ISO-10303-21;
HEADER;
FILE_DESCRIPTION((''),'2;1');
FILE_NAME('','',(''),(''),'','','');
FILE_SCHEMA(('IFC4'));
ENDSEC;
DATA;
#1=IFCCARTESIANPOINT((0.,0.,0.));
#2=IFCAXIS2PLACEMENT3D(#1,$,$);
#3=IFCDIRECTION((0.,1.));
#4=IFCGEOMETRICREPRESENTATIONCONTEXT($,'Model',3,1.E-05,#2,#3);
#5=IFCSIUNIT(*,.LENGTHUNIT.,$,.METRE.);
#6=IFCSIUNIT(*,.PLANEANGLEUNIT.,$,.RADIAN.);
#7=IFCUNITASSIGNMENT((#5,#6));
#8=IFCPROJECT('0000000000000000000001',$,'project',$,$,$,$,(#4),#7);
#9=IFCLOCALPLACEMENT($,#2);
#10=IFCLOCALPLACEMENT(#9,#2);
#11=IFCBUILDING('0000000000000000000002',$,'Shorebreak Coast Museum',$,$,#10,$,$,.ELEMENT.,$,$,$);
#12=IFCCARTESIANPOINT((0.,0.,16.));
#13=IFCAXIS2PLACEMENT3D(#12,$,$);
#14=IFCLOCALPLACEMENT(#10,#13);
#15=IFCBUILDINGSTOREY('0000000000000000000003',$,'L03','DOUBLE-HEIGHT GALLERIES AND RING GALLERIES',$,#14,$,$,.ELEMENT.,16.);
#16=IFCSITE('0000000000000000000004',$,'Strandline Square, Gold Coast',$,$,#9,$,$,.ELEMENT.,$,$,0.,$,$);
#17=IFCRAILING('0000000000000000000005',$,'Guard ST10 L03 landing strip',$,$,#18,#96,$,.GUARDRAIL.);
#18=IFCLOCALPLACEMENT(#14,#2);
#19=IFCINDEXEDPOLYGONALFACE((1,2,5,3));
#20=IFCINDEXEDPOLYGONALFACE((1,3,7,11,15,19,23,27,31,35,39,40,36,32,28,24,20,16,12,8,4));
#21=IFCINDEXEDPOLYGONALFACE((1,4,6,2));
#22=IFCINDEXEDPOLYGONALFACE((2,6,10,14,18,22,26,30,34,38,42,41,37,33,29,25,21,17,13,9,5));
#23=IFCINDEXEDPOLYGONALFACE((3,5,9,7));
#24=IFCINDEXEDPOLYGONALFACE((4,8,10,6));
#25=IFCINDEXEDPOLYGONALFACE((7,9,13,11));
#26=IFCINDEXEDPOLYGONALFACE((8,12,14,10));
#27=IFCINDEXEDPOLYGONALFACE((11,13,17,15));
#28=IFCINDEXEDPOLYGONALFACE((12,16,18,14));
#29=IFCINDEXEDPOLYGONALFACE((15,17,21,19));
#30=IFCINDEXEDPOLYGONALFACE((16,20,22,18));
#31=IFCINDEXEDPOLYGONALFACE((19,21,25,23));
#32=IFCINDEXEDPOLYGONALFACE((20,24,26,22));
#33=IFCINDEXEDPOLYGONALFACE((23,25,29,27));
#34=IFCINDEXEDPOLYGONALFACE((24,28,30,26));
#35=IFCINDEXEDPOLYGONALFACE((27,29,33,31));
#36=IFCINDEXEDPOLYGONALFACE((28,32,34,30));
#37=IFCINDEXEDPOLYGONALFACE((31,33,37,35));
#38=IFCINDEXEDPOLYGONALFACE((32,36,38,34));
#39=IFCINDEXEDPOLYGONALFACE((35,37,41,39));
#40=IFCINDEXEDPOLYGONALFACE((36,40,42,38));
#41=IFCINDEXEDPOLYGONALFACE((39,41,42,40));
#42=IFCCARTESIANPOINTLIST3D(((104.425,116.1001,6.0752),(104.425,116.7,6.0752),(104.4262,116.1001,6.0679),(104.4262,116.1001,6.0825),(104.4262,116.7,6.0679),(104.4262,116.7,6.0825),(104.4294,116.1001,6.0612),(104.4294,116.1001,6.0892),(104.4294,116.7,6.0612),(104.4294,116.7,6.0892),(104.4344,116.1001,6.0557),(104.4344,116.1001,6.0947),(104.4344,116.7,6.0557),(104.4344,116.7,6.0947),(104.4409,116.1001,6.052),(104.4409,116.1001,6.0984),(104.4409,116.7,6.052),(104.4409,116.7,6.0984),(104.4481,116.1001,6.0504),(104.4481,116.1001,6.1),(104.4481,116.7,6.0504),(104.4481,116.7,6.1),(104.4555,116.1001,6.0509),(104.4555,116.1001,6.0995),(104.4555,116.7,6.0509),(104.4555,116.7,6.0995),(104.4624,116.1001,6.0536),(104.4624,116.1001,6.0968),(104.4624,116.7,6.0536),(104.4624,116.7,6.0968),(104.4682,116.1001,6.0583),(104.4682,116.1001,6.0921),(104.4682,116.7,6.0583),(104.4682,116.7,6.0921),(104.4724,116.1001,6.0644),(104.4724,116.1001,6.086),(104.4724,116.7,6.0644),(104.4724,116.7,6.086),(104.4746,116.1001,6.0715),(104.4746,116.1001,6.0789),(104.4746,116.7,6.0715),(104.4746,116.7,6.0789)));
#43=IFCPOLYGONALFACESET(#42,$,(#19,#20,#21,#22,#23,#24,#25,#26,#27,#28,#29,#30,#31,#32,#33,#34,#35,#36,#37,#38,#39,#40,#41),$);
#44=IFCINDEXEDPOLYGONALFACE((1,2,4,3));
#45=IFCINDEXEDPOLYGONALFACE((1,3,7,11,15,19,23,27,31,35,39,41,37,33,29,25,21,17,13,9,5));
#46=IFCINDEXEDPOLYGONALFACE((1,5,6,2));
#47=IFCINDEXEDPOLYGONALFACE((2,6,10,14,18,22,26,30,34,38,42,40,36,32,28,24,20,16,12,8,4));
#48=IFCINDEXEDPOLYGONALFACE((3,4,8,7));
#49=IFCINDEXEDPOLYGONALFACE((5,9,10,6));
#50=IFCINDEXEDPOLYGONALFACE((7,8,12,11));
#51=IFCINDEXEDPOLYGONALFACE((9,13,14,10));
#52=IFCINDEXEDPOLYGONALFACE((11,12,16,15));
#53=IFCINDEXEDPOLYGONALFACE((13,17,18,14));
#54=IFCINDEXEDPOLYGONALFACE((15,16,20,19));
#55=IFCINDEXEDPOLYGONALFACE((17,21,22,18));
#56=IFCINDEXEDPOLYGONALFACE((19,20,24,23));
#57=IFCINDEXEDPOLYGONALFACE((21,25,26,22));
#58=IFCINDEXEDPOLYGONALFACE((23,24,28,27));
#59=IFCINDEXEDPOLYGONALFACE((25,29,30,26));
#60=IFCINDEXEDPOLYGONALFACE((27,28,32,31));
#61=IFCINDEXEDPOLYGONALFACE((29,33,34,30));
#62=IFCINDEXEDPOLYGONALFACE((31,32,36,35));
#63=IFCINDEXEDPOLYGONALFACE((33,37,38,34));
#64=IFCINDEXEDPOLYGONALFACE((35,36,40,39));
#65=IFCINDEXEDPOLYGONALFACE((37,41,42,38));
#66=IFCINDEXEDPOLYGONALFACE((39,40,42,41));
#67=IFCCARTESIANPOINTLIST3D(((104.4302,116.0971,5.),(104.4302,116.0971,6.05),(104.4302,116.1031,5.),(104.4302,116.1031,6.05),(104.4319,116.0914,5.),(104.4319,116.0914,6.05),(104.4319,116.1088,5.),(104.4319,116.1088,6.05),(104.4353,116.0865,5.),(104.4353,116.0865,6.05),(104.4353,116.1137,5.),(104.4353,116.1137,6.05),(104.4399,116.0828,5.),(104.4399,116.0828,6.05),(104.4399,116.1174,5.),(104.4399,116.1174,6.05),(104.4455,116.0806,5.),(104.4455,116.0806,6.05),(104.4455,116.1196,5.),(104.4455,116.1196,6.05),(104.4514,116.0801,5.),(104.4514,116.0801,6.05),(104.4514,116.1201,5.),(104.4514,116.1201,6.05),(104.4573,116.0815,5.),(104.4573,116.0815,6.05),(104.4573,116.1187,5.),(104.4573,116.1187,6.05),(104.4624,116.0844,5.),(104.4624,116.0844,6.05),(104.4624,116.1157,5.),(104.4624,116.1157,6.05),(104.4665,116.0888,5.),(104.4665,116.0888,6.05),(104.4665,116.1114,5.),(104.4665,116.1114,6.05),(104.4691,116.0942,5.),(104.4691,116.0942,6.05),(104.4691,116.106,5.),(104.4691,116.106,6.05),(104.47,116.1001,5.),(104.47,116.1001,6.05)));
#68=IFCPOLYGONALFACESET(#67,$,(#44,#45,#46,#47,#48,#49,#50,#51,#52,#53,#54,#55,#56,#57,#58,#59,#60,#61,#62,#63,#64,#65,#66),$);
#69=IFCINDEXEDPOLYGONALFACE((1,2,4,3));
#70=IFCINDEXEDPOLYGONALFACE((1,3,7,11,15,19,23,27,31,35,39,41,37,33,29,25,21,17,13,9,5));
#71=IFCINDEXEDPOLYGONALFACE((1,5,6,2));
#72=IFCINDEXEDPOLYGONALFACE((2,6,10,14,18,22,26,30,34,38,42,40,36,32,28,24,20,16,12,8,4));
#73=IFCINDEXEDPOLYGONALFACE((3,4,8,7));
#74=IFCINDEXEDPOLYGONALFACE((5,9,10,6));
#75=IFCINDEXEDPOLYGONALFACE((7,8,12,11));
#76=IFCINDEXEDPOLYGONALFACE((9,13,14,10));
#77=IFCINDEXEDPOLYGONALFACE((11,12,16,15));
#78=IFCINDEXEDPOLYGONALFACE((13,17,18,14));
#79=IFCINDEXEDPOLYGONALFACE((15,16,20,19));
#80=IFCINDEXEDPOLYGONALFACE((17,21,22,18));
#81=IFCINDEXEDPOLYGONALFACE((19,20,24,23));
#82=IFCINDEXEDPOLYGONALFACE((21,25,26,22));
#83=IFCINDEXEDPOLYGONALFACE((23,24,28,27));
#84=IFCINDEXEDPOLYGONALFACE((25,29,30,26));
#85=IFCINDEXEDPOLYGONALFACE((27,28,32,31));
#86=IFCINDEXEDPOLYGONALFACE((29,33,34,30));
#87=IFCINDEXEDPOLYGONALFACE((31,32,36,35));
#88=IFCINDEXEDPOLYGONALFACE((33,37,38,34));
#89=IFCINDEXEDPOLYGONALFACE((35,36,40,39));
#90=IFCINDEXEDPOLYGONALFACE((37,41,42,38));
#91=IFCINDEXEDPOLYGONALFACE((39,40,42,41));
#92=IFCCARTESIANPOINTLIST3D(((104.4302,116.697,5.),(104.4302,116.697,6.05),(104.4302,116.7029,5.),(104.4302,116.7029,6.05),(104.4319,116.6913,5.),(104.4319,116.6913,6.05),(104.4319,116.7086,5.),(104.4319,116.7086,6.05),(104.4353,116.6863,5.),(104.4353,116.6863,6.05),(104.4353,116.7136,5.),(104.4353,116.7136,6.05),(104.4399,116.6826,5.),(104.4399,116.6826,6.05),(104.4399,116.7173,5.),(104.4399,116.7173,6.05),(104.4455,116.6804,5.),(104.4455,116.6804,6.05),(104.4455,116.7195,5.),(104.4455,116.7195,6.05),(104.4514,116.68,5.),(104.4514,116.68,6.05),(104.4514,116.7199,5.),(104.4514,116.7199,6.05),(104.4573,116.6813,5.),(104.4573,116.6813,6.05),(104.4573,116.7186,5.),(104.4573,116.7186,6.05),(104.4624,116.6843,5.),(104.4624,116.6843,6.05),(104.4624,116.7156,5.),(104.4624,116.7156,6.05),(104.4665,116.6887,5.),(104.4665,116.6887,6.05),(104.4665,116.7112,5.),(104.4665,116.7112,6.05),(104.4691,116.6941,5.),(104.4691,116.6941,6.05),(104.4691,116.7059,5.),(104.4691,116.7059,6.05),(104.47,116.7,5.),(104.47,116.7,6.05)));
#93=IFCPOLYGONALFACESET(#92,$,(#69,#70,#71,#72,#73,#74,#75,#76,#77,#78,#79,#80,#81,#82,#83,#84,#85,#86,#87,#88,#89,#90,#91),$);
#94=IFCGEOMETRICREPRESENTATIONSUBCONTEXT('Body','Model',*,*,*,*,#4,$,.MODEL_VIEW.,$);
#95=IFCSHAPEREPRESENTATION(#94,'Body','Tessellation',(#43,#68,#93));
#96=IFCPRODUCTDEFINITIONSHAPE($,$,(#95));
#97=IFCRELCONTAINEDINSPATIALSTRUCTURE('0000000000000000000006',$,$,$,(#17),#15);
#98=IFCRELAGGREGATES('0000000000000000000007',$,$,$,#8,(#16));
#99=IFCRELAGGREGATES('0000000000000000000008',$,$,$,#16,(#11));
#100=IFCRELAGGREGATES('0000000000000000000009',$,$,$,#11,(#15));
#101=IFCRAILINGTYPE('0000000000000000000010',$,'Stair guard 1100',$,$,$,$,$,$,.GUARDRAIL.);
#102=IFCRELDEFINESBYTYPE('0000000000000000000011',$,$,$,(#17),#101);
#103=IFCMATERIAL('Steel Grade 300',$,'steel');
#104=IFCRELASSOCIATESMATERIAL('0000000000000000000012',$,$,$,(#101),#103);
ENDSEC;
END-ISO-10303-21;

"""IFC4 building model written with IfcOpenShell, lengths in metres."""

from ifc_helpers import new_model, si_unit, direction, frame, origin, origin_2d, place, context, subcontext, project, spatial, circle, extrude, material, type_object, element, save


model = new_model("IFC4")

# Units and contexts
model_context = context("Model", 3, precision=1e-05, world=origin(), true_north=direction((0.0, 1.0)))
body_context = subcontext(model_context, "Body", "Model", "MODEL_VIEW")
ifc_project = project(units=[si_unit("LENGTHUNIT", "METRE"), si_unit("PLANEANGLEUNIT", "RADIAN")], contexts=[model_context])

# Site, building, storey
site_placement = place(None, origin())
site = spatial("IfcSite", under=ifc_project, at=site_placement, Name="Strandline Square, Gold Coast", CompositionType="ELEMENT", RefElevation=0.0)
building_placement = place(site_placement, origin())
building = spatial("IfcBuilding", under=site, at=building_placement, Name="Shorebreak Coast Museum", CompositionType="ELEMENT")
storey_placement = place(building_placement, frame((0.0, 0.0, 16.0)))
storey = spatial("IfcBuildingStorey", under=building, at=storey_placement, Name="L03", Description="DOUBLE-HEIGHT GALLERIES AND RING GALLERIES", CompositionType="ELEMENT", Elevation=16.0)

# Railing
ifc_material_1 = material(Name="Steel Grade 300", Category="steel")
railing_type_1 = type_object("IfcRailingType", Name="Stair guard 1100", PredefinedType="GUARDRAIL", material=ifc_material_1)
for number, where, name in (
    (1, (104.45, 116.1001, 5.0), "Guard ST10 L03 landing strip"),
):
    element("IfcRailing", number, at=place(storey_placement, frame(where)), inside=storey, type_object=railing_type_1, Name=name, PredefinedType="GUARDRAIL", context=body_context, shape_type="SweptSolid", body=[
        extrude(circle(Radius=0.0249, at=origin_2d()), frame((0.0, 0.0, 1.0752), z_axis=(0.0, 1.0, 0.0), x_axis=(-1.0, 0.0, 0.0)), (0.0, 0.0, 1.0), 0.5999),
        extrude(circle(Radius=0.02, at=origin_2d()), origin(), (0.0, 0.0, 1.0), 1.05),
        extrude(circle(Radius=0.02, at=origin_2d()), frame((0.0, 0.5999, 0.0)), (0.0, 0.0, 1.0), 1.05),
    ])

save(model, "model.ifc")
